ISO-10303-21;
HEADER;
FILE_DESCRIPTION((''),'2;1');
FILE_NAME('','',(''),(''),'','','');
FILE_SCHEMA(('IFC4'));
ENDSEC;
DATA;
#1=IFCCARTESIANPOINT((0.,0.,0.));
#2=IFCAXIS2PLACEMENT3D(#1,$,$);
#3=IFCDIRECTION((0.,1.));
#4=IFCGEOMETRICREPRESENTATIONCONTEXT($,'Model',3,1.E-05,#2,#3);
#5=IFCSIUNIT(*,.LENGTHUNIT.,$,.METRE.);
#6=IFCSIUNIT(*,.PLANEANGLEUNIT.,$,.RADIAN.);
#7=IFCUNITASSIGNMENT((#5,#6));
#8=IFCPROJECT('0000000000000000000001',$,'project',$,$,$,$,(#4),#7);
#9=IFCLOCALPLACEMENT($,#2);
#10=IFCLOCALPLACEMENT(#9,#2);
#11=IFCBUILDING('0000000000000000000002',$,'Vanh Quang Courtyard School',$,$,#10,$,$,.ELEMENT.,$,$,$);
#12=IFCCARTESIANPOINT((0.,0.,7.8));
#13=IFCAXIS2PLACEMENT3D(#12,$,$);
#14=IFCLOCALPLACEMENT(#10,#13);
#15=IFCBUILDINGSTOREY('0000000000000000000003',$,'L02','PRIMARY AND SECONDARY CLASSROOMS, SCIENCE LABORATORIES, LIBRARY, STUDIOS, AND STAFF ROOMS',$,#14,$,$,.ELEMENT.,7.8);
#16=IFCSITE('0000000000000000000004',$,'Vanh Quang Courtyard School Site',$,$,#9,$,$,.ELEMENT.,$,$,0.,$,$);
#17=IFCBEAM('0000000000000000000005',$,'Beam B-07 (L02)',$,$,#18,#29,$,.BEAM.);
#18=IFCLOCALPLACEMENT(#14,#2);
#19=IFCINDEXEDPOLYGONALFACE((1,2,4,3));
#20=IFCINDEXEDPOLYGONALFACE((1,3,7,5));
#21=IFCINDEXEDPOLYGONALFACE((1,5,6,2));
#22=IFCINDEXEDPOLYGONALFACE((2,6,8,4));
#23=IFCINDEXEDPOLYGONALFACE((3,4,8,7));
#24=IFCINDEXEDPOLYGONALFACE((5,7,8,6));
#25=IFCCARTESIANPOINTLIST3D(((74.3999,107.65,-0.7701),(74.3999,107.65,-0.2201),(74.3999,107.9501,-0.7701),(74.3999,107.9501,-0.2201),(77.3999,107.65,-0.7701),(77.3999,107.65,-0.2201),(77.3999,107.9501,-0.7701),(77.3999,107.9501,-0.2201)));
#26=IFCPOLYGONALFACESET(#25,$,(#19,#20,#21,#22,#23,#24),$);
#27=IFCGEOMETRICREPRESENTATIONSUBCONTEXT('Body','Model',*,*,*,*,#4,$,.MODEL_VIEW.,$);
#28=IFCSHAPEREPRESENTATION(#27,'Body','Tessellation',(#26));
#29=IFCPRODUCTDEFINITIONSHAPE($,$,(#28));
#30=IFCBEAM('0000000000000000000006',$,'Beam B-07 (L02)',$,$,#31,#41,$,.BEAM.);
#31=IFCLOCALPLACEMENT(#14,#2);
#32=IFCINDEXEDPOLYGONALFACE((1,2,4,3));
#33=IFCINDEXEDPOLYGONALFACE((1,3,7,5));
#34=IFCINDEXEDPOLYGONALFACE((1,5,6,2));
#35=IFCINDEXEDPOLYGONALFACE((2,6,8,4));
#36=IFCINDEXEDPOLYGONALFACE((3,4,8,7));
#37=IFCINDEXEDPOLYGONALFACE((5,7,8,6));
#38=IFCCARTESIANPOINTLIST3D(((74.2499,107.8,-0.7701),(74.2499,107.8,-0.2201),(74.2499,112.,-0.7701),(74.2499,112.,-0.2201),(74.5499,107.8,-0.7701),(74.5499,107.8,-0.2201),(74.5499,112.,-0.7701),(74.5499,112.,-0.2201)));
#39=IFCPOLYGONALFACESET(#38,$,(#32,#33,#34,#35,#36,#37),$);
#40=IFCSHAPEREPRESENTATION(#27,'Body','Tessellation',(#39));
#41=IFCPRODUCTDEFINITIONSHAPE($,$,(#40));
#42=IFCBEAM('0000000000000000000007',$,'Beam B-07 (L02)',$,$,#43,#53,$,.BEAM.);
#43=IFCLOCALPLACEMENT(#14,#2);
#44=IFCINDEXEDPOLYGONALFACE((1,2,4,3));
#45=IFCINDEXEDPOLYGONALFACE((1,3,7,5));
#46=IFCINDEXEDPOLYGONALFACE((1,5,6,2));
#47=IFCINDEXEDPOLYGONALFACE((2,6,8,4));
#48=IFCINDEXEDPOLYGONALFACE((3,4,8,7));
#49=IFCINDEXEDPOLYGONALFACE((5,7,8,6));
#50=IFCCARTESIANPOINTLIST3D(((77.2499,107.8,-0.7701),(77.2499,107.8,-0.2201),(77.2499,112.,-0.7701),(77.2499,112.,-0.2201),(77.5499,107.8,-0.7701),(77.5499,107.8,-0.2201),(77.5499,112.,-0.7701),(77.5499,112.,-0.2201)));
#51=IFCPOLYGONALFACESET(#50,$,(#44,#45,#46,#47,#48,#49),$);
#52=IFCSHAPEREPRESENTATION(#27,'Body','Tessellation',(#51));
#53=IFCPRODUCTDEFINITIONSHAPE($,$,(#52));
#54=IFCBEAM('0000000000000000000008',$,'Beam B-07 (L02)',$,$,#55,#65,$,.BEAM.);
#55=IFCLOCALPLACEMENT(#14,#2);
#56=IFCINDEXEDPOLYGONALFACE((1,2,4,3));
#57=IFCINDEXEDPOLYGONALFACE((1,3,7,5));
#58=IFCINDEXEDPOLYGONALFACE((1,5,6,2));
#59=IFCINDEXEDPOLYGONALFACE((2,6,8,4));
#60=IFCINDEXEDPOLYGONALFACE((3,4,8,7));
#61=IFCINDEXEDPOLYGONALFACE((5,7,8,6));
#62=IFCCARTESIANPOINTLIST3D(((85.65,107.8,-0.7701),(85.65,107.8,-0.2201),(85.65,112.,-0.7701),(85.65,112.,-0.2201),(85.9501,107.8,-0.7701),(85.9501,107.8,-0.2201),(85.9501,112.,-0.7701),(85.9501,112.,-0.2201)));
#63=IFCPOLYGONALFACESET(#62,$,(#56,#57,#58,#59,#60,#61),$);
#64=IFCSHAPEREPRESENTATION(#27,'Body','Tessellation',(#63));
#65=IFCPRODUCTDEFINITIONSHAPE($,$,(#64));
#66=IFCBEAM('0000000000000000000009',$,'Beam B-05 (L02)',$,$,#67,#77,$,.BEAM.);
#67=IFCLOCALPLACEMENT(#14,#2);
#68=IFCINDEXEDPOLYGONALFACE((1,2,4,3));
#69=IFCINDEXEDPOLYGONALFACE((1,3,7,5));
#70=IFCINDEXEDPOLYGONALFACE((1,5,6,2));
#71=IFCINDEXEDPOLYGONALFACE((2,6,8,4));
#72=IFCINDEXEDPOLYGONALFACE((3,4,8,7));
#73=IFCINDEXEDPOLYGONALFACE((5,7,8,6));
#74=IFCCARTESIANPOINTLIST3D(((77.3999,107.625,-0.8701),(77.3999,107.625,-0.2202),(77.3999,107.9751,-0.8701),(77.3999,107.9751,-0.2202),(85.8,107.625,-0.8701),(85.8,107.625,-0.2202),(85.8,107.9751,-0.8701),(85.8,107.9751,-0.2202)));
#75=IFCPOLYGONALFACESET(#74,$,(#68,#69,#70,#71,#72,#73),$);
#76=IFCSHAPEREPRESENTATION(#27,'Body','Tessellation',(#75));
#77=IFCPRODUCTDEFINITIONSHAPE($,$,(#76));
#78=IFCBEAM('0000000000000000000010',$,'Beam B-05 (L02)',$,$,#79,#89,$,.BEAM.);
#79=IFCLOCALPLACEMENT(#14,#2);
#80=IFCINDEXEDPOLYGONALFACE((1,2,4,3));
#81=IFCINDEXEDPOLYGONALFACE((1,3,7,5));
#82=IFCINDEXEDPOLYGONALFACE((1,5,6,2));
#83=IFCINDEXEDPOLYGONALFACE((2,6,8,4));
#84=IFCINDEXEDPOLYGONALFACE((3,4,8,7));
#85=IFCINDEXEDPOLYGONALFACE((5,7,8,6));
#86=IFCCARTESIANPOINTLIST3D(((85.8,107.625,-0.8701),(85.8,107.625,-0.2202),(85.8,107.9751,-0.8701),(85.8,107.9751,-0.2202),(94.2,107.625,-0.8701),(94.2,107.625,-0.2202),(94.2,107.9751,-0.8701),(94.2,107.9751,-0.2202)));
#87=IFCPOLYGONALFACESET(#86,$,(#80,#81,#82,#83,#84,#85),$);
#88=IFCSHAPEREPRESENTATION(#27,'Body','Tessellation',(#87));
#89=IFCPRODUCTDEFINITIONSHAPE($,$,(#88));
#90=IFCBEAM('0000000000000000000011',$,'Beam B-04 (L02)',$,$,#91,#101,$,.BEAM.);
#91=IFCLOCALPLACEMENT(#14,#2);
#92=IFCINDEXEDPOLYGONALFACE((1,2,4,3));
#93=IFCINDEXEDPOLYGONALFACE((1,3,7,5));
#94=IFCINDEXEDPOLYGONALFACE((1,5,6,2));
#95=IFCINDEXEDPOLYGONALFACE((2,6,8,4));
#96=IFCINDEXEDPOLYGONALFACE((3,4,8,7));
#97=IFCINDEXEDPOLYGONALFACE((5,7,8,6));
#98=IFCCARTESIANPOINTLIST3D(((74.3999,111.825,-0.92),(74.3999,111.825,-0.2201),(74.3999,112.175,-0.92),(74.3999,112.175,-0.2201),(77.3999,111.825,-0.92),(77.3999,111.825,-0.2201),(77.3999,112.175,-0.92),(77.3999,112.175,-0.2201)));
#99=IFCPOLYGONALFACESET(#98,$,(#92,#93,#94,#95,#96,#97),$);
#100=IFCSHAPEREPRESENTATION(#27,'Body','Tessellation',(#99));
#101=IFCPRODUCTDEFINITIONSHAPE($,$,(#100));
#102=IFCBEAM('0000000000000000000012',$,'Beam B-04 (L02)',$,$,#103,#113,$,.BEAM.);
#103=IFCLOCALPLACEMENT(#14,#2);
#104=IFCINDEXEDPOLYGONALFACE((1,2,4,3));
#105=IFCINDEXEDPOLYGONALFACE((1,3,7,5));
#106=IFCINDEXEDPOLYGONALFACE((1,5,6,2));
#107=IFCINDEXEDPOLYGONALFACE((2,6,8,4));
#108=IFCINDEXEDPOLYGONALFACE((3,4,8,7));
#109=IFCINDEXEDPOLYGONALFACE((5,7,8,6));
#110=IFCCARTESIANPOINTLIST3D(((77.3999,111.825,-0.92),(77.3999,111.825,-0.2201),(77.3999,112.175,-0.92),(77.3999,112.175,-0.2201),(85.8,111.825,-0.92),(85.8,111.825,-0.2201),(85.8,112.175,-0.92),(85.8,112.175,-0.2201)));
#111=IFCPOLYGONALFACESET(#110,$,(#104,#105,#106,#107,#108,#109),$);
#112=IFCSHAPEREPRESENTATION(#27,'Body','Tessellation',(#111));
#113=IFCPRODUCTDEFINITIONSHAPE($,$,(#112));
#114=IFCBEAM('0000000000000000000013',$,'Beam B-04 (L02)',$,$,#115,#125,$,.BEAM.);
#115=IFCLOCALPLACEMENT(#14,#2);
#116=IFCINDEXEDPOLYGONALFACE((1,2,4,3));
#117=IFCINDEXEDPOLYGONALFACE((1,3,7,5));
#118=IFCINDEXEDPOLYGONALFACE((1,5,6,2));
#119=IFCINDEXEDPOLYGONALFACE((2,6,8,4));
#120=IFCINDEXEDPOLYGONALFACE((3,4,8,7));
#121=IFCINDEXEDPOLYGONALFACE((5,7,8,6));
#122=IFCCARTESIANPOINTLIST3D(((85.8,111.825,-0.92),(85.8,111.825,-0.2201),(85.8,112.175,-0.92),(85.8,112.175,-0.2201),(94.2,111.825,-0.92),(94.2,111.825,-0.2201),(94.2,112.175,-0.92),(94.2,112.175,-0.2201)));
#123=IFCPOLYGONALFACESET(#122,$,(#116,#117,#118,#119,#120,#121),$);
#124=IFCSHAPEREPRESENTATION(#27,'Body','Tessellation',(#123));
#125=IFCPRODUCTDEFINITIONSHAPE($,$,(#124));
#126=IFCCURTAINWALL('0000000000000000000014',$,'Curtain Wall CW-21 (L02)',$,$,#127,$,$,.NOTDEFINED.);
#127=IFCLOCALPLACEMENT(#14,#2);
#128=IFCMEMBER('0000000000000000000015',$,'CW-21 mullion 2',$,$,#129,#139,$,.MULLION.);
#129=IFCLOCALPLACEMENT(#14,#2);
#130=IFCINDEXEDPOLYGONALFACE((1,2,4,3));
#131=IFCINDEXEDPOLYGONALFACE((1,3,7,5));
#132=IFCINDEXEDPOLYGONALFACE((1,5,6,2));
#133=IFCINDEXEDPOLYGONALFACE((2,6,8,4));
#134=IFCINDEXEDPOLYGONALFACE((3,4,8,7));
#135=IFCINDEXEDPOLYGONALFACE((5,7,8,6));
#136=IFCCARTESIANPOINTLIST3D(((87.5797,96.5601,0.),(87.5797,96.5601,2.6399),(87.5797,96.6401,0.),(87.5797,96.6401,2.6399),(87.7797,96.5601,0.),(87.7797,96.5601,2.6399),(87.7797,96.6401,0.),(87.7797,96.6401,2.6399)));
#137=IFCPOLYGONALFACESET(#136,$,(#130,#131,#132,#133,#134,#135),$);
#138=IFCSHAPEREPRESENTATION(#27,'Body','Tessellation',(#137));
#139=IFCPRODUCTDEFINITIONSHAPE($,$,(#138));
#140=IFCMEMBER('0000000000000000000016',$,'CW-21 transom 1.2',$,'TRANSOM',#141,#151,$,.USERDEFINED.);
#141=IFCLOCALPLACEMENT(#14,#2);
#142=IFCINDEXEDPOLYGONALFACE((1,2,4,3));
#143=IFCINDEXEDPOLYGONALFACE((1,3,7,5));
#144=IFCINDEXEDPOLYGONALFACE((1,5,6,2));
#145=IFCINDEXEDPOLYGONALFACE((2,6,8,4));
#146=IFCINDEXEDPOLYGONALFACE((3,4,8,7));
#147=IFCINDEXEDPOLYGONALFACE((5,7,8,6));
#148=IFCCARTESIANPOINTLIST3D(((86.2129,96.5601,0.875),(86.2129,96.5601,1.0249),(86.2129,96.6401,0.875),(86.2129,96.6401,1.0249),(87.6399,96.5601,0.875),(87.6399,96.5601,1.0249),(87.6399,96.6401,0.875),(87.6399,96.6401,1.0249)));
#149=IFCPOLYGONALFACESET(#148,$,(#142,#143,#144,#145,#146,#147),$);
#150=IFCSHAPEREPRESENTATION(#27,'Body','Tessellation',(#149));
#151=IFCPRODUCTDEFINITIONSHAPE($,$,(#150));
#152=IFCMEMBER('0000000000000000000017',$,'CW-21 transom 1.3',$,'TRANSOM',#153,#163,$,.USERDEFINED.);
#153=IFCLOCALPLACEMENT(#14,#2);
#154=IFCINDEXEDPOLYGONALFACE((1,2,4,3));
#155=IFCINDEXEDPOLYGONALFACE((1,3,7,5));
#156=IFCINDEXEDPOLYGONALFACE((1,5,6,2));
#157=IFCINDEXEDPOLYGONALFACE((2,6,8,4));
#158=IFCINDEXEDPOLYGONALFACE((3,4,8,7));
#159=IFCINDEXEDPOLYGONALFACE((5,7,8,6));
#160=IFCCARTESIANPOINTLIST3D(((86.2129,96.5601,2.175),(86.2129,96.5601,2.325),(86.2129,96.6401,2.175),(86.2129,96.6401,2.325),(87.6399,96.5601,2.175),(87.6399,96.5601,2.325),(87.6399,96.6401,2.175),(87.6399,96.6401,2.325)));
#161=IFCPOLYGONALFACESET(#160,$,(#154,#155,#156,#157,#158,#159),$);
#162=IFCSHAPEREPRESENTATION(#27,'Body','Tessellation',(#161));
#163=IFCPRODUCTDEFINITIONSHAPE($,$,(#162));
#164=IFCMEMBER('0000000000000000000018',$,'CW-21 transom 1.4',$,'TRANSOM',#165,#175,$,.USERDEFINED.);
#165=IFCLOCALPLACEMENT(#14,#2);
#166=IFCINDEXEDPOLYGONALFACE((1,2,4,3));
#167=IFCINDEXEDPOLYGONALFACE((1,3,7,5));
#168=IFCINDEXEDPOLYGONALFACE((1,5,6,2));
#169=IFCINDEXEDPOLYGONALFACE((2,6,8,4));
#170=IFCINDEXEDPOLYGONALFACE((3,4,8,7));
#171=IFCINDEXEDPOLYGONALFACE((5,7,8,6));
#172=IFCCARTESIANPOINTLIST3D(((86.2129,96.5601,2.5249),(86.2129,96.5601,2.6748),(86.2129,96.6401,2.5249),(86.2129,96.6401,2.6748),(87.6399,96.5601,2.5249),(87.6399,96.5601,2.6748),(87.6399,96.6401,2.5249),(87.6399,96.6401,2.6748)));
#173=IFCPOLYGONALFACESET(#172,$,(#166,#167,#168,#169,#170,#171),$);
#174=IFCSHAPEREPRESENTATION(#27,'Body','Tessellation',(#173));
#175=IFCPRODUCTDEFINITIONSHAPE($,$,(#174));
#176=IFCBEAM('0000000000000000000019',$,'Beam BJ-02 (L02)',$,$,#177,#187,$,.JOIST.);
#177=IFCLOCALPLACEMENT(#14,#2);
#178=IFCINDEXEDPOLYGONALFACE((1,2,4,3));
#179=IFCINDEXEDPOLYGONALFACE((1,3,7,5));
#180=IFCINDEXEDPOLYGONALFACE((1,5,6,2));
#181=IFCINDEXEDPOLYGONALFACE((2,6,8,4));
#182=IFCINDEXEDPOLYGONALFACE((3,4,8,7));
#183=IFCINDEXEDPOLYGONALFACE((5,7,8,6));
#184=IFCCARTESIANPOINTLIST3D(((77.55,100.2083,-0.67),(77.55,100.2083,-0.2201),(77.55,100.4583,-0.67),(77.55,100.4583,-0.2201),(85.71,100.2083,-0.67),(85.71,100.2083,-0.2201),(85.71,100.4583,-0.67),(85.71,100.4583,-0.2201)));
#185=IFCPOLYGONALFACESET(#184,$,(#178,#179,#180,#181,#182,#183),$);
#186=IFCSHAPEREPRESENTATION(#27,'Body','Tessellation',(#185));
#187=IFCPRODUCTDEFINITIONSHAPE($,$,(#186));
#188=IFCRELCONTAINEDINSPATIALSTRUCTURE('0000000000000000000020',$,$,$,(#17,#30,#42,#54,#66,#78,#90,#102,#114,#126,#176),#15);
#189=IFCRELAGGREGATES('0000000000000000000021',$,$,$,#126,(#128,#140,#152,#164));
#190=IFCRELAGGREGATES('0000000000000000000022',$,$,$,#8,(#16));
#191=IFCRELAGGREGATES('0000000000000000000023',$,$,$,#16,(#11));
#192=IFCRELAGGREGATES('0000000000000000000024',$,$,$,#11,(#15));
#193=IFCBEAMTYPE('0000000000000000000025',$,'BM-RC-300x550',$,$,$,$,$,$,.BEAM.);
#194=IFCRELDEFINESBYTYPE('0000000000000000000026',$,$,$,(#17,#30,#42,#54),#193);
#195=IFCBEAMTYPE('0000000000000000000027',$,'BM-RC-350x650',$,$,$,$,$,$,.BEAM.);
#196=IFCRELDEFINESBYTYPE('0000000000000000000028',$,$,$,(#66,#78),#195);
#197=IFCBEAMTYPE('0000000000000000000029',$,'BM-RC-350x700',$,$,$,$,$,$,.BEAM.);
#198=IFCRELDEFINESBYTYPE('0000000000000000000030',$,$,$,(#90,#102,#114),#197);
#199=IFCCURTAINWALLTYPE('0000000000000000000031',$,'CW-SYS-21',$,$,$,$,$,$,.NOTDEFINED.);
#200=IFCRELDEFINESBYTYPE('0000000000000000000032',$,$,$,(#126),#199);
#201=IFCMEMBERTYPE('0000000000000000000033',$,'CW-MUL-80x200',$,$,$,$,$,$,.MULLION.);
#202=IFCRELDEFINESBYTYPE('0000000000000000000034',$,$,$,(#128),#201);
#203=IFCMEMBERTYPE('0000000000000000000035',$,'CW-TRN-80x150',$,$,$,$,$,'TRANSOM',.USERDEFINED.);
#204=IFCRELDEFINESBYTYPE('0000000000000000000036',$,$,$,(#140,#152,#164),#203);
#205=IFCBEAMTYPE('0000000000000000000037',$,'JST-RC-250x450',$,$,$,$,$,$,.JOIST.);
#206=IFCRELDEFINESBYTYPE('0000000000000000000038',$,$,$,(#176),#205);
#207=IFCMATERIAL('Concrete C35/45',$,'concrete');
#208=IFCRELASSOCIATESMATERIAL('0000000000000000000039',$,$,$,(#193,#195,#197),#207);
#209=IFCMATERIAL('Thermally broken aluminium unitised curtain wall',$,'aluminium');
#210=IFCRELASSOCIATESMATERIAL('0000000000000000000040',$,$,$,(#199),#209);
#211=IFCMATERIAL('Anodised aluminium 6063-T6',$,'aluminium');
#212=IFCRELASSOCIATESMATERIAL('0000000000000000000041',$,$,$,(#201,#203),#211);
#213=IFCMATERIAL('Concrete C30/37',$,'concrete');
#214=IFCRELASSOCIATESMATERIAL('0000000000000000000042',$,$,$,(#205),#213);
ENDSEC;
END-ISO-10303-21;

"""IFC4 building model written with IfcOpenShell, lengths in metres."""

from ifc_helpers import new_model, si_unit, direction, frame, origin, origin_2d, place, context, subcontext, project, spatial, rectangle, extrude, material, material_profile, profile_set, type_object, element, aggregate, save


model = new_model("IFC4")

# Units and contexts
model_context = context("Model", 3, precision=1e-05, world=origin(), true_north=direction((0.0, 1.0)))
body_context = subcontext(model_context, "Body", "Model", "MODEL_VIEW")
ifc_project = project(units=[si_unit("LENGTHUNIT", "METRE"), si_unit("PLANEANGLEUNIT", "RADIAN")], contexts=[model_context])

# Site, building, storey
site_placement = place(None, origin())
site = spatial("IfcSite", under=ifc_project, at=site_placement, Name="Vanh Quang Courtyard School Site", CompositionType="ELEMENT", RefElevation=0.0)
building_placement = place(site_placement, origin())
building = spatial("IfcBuilding", under=site, at=building_placement, Name="Vanh Quang Courtyard School", CompositionType="ELEMENT")
storey_placement = place(building_placement, frame((0.0, 0.0, 7.8)))
storey = spatial("IfcBuildingStorey", under=building, at=storey_placement, Name="L02", Description="PRIMARY AND SECONDARY CLASSROOMS, SCIENCE LABORATORIES, LIBRARY, STUDIOS, AND STAFF ROOMS", CompositionType="ELEMENT", Elevation=7.8)

# Beams
ifc_material_1 = material(Name="Concrete C35/45", Category="concrete")
ifc_material_profile_1 = material_profile(ifc_material_1, rectangle(XDim=0.3, YDim=0.55, at=origin_2d()), Name="RC-BM 300x550")
ifc_profile_set_1 = profile_set([ifc_material_profile_1], Name="Concrete C35/45")
beam_type_1 = type_object("IfcBeamType", Name="BM-RC-300x550", PredefinedType="BEAM", material=ifc_profile_set_1)
beam_1_placement = place(storey_placement, frame((74.3999, 107.8, -0.4951), z_axis=(1.0, 0.0, 0.0), x_axis=(0.0, 1.0, 0.0)))
element("IfcBeam", 1, at=beam_1_placement, inside=storey, type_object=beam_type_1, Name="Beam B-07 (L02)", PredefinedType="BEAM", context=body_context, shape_type="SweptSolid", body=[
    extrude(rectangle(XDim=0.3, YDim=0.55, at=origin_2d()), origin(), (0.0, 0.0, 1.0), 3.0),
])
for number, where, z_axis, x_axis, name in (
    (2, (74.3999, 107.8, -0.4951), (0.0, 1.0, 0.0), (-1.0, 0.0, 0.0), "Beam B-07 (L02)"),
    (3, (77.3999, 107.8, -0.4951), (0.0, 1.0, 0.0), (-1.0, 0.0, 0.0), "Beam B-07 (L02)"),
    (4, (85.8, 107.8, -0.4951), (0.0, 1.0, 0.0), (-1.0, 0.0, 0.0), "Beam B-07 (L02)"),
):
    element("IfcBeam", number, at=place(storey_placement, frame(where, z_axis=z_axis, x_axis=x_axis)), inside=storey, type_object=beam_type_1, Name=name, PredefinedType="BEAM", context=body_context, shape_type="SweptSolid", body=[
        extrude(rectangle(XDim=0.3, YDim=0.55, at=origin_2d()), origin(), (0.0, 0.0, 1.0), 4.2),
    ])
ifc_material_profile_2 = material_profile(ifc_material_1, rectangle(XDim=0.3501, YDim=0.6499, at=origin_2d()), Name="RC-BM 350x650")
ifc_profile_set_2 = profile_set([ifc_material_profile_2], Name="Concrete C35/45")
beam_type_2 = type_object("IfcBeamType", Name="BM-RC-350x650", PredefinedType="BEAM", material=ifc_profile_set_2)
beam_2_placement = place(storey_placement, frame((77.3999, 107.8, -0.5452), z_axis=(1.0, 0.0, 0.0), x_axis=(0.0, 1.0, 0.0)))
element("IfcBeam", 5, at=beam_2_placement, inside=storey, type_object=beam_type_2, Name="Beam B-05 (L02)", PredefinedType="BEAM", context=body_context, shape_type="SweptSolid", body=[
    extrude(rectangle(XDim=0.3501, YDim=0.6499, at=origin_2d()), origin(), (0.0, 0.0, 1.0), 8.4001),
])
beam_3_placement = place(storey_placement, frame((85.8, 107.8, -0.5452), z_axis=(1.0, 0.0, 0.0), x_axis=(0.0, 1.0, 0.0)))
element("IfcBeam", 6, at=beam_3_placement, inside=storey, type_object=beam_type_2, Name="Beam B-05 (L02)", PredefinedType="BEAM", context=body_context, shape_type="SweptSolid", body=[
    extrude(rectangle(XDim=0.3501, YDim=0.6499, at=origin_2d()), origin(), (0.0, 0.0, 1.0), 8.3999),
])
ifc_material_profile_3 = material_profile(ifc_material_1, rectangle(XDim=0.3501, YDim=0.7, at=origin_2d()), Name="RC-BM 350x700")
ifc_profile_set_3 = profile_set([ifc_material_profile_3], Name="Concrete C35/45")
beam_type_3 = type_object("IfcBeamType", Name="BM-RC-350x700", PredefinedType="BEAM", material=ifc_profile_set_3)
beam_4_placement = place(storey_placement, frame((74.3999, 112.0, -0.5701), z_axis=(1.0, 0.0, 0.0), x_axis=(0.0, 1.0, 0.0)))
element("IfcBeam", 7, at=beam_4_placement, inside=storey, type_object=beam_type_3, Name="Beam B-04 (L02)", PredefinedType="BEAM", context=body_context, shape_type="SweptSolid", body=[
    extrude(rectangle(XDim=0.3501, YDim=0.7, at=origin_2d()), origin(), (0.0, 0.0, 1.0), 3.0),
])
beam_5_placement = place(storey_placement, frame((77.3999, 112.0, -0.5701), z_axis=(1.0, 0.0, 0.0), x_axis=(0.0, 1.0, 0.0)))
element("IfcBeam", 8, at=beam_5_placement, inside=storey, type_object=beam_type_3, Name="Beam B-04 (L02)", PredefinedType="BEAM", context=body_context, shape_type="SweptSolid", body=[
    extrude(rectangle(XDim=0.3501, YDim=0.7, at=origin_2d()), origin(), (0.0, 0.0, 1.0), 8.4001),
])
beam_6_placement = place(storey_placement, frame((85.8, 112.0, -0.5701), z_axis=(1.0, 0.0, 0.0), x_axis=(0.0, 1.0, 0.0)))
element("IfcBeam", 9, at=beam_6_placement, inside=storey, type_object=beam_type_3, Name="Beam B-04 (L02)", PredefinedType="BEAM", context=body_context, shape_type="SweptSolid", body=[
    extrude(rectangle(XDim=0.3501, YDim=0.7, at=origin_2d()), origin(), (0.0, 0.0, 1.0), 8.3999),
])

# Curtain wall, members
ifc_material_2 = material(Name="Thermally broken aluminium unitised curtain wall", Category="aluminium")
curtain_wall_type = type_object("IfcCurtainWallType", Name="CW-SYS-21", PredefinedType="NOTDEFINED", material=ifc_material_2)
curtain_wall_placement = place(storey_placement, origin())
curtain_wall = element("IfcCurtainWall", 10, at=curtain_wall_placement, inside=storey, type_object=curtain_wall_type, Name="Curtain Wall CW-21 (L02)", PredefinedType="NOTDEFINED")
ifc_material_3 = material(Name="Anodised aluminium 6063-T6", Category="aluminium")
ifc_material_profile_4 = material_profile(ifc_material_3, rectangle(XDim=0.0801, YDim=0.2, at=origin_2d()), Name="ALU-MUL 80x200")
ifc_profile_set_4 = profile_set([ifc_material_profile_4], Name="Anodised aluminium 6063-T6")
member_type_1 = type_object("IfcMemberType", Name="CW-MUL-80x200", PredefinedType="MULLION", material=ifc_profile_set_4)
member_1_placement = place(storey_placement, frame((87.6797, 96.6001, 0.0), z_axis=(0.0, 0.0, 1.0), x_axis=(0.0, 1.0, 0.0)))
member_1 = element("IfcMember", 11, at=member_1_placement, type_object=member_type_1, Name="CW-21 mullion 2", PredefinedType="MULLION", context=body_context, shape_type="SweptSolid", body=[
    extrude(rectangle(XDim=0.0801, YDim=0.2, at=origin_2d()), origin(), (0.0, 0.0, 1.0), 2.6399),
])
ifc_material_profile_5 = material_profile(ifc_material_3, rectangle(XDim=0.0801, YDim=0.1499, at=origin_2d()), Name="ALU-TRN 80x150")
ifc_profile_set_5 = profile_set([ifc_material_profile_5], Name="Anodised aluminium 6063-T6")
member_type_2 = type_object("IfcMemberType", Name="CW-TRN-80x150", ElementType="TRANSOM", PredefinedType="USERDEFINED", material=ifc_profile_set_5)
member_2_placement = place(storey_placement, frame((86.2129, 96.6001, 0.95), z_axis=(1.0, 0.0, 0.0), x_axis=(0.0, 1.0, 0.0)))
member_2 = element("IfcMember", 12, at=member_2_placement, type_object=member_type_2, Name="CW-21 transom 1.2", ObjectType="TRANSOM", PredefinedType="USERDEFINED", context=body_context, shape_type="SweptSolid", body=[
    extrude(rectangle(XDim=0.0801, YDim=0.1499, at=origin_2d()), origin(), (0.0, 0.0, 1.0), 1.427),
])
member_3_placement = place(storey_placement, frame((86.2129, 96.6001, 2.25), z_axis=(1.0, 0.0, 0.0), x_axis=(0.0, 1.0, 0.0)))
member_3 = element("IfcMember", 13, at=member_3_placement, type_object=member_type_2, Name="CW-21 transom 1.3", ObjectType="TRANSOM", PredefinedType="USERDEFINED", context=body_context, shape_type="SweptSolid", body=[
    extrude(rectangle(XDim=0.0801, YDim=0.1499, at=origin_2d()), origin(), (0.0, 0.0, 1.0), 1.427),
])
member_4_placement = place(storey_placement, frame((86.2129, 96.6001, 2.5999), z_axis=(1.0, 0.0, 0.0), x_axis=(0.0, 1.0, 0.0)))
member_4 = element("IfcMember", 14, at=member_4_placement, type_object=member_type_2, Name="CW-21 transom 1.4", ObjectType="TRANSOM", PredefinedType="USERDEFINED", context=body_context, shape_type="SweptSolid", body=[
    extrude(rectangle(XDim=0.0801, YDim=0.1499, at=origin_2d()), origin(), (0.0, 0.0, 1.0), 1.427),
])

# Beam
ifc_material_4 = material(Name="Concrete C30/37", Category="concrete")
ifc_material_profile_6 = material_profile(ifc_material_4, rectangle(XDim=0.25, YDim=0.45, at=origin_2d()), Name="RC-JST 250x450")
ifc_profile_set_6 = profile_set([ifc_material_profile_6], Name="Concrete C30/37")
beam_type_4 = type_object("IfcBeamType", Name="JST-RC-250x450", PredefinedType="JOIST", material=ifc_profile_set_6)
for number, where, z_axis, x_axis, name in (
    (15, (77.55, 100.3333, -0.4451), (1.0, 0.0, 0.0), (0.0, 1.0, 0.0), "Beam BJ-02 (L02)"),
):
    element("IfcBeam", number, at=place(storey_placement, frame(where, z_axis=z_axis, x_axis=x_axis)), inside=storey, type_object=beam_type_4, Name=name, PredefinedType="JOIST", context=body_context, shape_type="SweptSolid", body=[
        extrude(rectangle(XDim=0.25, YDim=0.45, at=origin_2d()), origin(), (0.0, 0.0, 1.0), 8.1599),
    ])

aggregate(curtain_wall, [member_1, member_2, member_3, member_4])

save(model, "model.ifc")
